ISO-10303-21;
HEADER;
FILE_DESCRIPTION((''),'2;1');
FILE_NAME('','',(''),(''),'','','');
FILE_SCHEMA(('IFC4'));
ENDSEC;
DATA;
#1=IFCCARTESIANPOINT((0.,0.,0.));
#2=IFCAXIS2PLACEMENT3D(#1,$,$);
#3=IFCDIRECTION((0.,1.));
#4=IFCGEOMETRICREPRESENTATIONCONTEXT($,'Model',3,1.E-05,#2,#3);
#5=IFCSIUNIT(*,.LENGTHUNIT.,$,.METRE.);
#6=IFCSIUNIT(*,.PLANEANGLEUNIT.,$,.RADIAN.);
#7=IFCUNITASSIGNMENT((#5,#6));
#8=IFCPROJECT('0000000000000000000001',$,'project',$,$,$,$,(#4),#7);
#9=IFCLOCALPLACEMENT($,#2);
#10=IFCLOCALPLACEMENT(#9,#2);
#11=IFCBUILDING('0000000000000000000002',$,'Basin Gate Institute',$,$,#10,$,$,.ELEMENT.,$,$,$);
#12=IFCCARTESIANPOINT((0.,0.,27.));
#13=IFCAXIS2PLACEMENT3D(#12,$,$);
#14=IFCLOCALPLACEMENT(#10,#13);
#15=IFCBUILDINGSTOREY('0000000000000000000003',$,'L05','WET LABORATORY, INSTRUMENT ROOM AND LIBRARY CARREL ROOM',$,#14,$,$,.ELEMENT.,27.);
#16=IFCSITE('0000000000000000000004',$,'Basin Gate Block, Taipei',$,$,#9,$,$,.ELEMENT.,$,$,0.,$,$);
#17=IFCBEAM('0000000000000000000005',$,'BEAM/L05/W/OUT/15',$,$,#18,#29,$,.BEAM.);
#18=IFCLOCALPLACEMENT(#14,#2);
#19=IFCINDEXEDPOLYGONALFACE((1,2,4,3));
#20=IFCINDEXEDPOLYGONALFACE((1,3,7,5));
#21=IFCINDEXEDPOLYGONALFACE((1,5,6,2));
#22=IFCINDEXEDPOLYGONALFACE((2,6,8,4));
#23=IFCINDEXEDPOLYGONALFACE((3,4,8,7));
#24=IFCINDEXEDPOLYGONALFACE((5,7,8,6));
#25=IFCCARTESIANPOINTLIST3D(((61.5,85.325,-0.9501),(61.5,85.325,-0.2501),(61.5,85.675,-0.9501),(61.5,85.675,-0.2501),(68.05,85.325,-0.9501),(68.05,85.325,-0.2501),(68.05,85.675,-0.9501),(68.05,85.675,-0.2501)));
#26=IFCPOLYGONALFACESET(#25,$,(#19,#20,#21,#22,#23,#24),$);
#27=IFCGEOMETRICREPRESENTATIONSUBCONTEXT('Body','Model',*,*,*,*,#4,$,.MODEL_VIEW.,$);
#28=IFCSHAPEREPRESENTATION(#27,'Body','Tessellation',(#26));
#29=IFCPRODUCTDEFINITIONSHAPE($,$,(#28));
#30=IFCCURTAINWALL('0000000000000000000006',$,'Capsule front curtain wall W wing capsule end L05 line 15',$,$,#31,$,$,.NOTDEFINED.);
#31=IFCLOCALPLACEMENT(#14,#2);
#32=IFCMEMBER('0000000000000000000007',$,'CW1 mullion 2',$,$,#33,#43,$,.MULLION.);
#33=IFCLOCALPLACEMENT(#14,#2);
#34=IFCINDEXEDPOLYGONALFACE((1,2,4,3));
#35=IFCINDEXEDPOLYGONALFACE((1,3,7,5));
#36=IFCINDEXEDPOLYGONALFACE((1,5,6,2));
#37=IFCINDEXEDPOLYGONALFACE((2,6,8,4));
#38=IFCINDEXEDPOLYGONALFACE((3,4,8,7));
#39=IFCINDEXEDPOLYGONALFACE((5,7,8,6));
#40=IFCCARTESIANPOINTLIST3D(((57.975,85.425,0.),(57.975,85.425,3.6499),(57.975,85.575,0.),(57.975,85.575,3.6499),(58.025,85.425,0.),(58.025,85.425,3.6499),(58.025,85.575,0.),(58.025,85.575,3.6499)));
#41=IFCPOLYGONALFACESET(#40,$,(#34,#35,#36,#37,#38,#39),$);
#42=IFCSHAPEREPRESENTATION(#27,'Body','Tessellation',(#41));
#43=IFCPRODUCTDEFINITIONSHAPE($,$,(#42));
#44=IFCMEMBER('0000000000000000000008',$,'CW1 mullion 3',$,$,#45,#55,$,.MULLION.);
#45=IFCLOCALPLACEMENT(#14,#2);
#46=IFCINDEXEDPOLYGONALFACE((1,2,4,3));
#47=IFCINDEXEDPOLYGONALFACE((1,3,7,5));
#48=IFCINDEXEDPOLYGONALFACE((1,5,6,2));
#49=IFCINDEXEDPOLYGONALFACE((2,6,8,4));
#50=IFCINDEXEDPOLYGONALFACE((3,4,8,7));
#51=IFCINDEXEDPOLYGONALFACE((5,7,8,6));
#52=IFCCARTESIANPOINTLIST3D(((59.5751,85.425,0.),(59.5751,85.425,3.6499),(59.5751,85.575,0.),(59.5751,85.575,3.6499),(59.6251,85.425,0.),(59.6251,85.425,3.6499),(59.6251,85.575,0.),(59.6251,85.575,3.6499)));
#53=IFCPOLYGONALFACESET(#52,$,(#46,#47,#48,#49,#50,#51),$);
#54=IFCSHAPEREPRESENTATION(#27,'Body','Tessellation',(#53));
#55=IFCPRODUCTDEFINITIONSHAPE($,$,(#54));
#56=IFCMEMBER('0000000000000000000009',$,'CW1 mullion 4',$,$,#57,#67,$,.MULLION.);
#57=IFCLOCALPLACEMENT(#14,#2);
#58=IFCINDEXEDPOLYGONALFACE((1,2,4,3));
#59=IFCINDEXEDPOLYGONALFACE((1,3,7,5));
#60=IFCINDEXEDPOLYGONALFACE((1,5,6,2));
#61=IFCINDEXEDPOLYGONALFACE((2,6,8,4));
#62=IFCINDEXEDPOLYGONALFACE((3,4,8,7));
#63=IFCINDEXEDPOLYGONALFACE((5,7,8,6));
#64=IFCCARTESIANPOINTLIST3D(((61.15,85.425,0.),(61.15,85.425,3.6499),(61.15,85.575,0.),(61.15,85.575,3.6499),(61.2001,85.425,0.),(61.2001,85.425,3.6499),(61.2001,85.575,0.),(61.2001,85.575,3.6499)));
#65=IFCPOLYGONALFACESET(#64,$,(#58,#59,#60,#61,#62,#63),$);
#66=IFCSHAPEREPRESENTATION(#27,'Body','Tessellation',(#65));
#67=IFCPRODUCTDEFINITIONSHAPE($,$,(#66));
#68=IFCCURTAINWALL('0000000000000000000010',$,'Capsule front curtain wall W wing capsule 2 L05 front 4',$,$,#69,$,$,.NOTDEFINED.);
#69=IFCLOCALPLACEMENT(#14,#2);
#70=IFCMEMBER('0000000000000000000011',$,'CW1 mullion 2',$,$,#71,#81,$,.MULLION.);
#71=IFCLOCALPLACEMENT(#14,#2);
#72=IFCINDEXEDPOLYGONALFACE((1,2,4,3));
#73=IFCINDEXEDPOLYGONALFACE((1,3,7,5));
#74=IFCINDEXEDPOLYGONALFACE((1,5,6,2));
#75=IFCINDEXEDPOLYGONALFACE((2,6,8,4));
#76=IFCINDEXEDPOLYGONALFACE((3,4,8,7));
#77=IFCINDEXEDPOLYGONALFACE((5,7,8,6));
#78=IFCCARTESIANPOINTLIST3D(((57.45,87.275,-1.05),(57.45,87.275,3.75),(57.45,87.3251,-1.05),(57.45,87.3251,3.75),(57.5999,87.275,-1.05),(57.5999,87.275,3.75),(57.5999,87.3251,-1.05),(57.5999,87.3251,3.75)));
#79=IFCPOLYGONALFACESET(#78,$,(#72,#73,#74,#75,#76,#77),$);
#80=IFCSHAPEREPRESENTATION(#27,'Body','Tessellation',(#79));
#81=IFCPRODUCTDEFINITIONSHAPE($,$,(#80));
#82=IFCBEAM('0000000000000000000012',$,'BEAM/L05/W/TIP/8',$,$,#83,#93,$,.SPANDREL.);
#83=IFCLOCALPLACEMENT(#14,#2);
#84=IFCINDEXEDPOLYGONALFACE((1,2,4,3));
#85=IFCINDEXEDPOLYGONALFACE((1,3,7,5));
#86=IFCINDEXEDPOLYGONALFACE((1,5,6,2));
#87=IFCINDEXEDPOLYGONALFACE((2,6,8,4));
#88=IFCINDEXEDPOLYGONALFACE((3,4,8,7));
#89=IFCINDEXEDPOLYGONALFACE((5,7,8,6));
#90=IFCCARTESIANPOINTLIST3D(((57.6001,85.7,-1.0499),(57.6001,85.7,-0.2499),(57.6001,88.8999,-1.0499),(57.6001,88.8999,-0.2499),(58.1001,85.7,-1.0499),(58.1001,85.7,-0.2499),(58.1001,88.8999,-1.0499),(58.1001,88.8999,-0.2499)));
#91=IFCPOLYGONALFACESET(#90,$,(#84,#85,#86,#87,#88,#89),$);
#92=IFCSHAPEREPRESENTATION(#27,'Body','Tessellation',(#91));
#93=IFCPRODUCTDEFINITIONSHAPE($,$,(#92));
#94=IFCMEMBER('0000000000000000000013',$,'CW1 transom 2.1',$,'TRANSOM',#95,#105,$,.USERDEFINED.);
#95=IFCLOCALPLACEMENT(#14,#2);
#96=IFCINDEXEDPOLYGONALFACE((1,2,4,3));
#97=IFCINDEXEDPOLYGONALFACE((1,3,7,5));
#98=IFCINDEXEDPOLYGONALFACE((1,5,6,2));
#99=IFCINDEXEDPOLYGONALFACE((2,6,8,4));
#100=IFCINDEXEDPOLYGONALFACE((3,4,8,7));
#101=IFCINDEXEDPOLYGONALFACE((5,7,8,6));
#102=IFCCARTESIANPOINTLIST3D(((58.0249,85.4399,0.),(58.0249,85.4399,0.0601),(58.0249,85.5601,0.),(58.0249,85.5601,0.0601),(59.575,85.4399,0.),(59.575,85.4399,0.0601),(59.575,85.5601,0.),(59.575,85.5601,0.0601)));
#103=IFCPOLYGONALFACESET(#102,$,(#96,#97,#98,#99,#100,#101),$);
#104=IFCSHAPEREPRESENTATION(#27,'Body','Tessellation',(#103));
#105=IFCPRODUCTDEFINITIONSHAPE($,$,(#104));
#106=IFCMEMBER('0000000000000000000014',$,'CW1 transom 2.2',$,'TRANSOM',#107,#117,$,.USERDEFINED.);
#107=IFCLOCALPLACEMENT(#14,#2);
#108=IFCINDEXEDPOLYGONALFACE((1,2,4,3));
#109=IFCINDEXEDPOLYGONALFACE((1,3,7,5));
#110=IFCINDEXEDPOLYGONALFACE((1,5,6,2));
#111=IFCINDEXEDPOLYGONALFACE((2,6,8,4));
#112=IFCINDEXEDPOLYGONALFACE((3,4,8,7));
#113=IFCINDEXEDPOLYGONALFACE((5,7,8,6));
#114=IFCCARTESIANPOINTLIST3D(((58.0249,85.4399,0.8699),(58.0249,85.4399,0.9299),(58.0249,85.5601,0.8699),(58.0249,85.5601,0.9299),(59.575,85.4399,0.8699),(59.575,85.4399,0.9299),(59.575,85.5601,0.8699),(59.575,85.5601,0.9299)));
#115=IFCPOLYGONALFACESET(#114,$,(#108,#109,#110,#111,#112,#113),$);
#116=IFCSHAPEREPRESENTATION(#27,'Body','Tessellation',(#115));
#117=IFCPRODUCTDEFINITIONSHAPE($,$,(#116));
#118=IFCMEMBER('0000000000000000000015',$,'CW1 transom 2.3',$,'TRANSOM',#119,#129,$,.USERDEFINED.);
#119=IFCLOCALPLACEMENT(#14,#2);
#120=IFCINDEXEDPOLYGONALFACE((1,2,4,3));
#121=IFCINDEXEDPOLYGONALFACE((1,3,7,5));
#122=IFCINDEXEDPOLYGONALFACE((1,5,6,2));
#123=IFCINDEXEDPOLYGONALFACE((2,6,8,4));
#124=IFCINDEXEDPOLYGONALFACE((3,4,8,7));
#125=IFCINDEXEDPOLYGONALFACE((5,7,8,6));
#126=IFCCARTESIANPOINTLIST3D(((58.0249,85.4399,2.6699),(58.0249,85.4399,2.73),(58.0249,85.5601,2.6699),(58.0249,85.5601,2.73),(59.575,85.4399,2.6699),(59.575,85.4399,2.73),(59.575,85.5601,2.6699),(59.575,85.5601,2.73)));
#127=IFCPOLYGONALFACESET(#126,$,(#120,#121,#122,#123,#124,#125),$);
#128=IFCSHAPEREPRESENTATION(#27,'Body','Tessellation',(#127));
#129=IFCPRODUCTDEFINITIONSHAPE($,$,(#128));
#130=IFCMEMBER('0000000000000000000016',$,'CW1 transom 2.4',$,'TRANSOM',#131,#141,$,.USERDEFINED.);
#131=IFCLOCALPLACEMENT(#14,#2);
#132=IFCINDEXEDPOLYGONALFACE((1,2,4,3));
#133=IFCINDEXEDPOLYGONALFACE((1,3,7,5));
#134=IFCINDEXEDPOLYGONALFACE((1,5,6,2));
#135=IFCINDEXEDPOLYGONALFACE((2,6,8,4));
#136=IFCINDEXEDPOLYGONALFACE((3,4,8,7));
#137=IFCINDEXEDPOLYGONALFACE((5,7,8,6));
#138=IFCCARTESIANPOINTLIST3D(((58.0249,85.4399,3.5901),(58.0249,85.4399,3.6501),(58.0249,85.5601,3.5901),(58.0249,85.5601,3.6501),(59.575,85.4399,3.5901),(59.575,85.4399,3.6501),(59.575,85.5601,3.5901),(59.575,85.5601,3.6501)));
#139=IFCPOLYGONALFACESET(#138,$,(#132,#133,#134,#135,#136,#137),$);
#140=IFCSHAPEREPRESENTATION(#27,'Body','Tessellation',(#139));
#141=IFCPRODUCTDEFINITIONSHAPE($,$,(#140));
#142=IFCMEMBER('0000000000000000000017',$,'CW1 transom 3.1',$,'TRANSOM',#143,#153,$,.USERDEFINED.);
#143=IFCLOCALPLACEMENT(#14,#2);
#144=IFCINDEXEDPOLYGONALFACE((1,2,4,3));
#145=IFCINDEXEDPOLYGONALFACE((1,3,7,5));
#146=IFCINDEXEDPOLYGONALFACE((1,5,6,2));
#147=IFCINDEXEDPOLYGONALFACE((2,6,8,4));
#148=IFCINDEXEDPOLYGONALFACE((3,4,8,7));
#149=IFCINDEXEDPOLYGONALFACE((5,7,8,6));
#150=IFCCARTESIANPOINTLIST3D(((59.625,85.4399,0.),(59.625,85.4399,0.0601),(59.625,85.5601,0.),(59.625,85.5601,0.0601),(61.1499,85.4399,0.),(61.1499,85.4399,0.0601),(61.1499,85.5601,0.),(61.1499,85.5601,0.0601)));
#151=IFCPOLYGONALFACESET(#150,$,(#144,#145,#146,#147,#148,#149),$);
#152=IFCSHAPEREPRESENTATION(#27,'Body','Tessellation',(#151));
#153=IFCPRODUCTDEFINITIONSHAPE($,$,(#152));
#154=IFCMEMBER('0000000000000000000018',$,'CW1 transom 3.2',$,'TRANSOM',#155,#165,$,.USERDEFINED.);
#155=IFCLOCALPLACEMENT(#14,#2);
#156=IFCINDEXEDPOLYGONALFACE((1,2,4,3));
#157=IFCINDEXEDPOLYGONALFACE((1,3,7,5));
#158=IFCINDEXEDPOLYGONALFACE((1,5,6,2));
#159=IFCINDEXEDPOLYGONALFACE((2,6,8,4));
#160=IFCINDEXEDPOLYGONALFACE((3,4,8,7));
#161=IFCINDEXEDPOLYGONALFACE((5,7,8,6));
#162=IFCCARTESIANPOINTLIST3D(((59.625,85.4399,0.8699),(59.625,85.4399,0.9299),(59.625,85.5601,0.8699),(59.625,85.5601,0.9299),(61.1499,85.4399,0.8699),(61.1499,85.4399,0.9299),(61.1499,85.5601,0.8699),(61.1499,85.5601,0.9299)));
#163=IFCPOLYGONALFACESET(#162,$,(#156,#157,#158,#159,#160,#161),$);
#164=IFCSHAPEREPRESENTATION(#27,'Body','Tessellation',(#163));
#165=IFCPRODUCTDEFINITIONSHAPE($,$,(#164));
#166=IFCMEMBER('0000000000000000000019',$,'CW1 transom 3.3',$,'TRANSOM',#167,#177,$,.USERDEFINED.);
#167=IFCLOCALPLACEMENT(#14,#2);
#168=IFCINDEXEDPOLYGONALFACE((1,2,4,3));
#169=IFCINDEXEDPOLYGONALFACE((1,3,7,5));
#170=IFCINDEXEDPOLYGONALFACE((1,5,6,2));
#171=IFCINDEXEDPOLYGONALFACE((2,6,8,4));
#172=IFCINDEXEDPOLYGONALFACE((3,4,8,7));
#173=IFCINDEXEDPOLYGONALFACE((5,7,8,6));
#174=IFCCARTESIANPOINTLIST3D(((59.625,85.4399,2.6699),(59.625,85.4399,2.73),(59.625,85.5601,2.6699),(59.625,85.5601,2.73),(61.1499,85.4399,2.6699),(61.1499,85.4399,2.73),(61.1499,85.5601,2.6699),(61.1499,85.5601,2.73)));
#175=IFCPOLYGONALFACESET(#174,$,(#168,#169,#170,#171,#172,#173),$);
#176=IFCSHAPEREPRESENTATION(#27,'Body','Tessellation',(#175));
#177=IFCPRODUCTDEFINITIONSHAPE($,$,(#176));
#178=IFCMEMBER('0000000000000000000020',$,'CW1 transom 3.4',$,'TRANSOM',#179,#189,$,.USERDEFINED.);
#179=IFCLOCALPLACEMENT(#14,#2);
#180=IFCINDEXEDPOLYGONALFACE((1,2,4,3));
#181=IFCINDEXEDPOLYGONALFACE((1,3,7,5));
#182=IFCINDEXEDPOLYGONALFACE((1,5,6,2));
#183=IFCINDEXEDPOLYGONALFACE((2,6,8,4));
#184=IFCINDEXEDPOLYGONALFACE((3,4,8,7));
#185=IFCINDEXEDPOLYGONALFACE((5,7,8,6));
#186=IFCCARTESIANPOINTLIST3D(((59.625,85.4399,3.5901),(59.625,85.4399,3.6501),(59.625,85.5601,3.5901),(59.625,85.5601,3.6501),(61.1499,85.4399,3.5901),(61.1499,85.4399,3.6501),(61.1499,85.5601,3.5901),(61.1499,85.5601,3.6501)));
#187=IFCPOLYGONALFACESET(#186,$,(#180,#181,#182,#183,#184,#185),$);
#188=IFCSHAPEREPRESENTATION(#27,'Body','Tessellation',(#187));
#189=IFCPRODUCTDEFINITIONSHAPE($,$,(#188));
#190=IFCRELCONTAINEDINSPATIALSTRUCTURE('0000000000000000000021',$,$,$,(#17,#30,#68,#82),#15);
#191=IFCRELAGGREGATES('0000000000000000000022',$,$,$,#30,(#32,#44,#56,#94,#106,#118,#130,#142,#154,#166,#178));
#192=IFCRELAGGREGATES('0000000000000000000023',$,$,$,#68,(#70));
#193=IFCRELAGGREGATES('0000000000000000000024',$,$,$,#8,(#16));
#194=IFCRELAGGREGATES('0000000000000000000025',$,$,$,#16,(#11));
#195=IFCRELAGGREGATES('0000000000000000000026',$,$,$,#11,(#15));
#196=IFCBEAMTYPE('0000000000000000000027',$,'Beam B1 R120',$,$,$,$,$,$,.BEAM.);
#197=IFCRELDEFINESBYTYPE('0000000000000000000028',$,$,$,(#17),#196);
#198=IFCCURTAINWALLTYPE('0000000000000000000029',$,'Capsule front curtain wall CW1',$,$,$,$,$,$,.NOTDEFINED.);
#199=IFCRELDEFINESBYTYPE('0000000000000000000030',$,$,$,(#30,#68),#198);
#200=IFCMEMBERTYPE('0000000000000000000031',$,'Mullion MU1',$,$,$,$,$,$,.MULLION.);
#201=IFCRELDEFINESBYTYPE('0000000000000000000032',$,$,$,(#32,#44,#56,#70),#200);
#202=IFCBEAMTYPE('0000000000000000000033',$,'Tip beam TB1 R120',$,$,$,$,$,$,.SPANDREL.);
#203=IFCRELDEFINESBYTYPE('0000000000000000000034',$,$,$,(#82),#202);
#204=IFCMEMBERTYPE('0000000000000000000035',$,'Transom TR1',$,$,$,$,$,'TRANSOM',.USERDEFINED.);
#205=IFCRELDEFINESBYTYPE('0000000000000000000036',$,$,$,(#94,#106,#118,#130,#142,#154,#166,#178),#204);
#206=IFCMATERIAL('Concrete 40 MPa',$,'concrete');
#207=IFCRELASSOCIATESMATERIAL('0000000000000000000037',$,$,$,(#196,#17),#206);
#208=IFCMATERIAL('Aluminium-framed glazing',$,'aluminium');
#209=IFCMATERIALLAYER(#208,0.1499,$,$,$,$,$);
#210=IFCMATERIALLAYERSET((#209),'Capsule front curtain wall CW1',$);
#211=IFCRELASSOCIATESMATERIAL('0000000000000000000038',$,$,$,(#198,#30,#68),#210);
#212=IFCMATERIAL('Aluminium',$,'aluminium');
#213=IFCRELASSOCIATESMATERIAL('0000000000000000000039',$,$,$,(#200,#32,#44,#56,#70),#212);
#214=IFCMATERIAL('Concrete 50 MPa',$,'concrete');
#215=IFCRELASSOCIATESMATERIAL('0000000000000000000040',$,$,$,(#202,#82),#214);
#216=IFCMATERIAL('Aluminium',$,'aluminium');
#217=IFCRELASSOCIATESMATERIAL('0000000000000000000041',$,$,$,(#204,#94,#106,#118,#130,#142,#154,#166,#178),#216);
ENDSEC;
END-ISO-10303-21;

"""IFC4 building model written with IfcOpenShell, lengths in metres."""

from ifc_helpers import new_model, si_unit, direction, frame, origin, origin_2d, place, context, subcontext, project, spatial, rectangle, extrude, material, layer, layer_set, material_profile, profile_set, type_object, element, aggregate, save


model = new_model("IFC4")

# Units and contexts
model_context = context("Model", 3, precision=1e-05, world=origin(), true_north=direction((0.0, 1.0)))
body_context = subcontext(model_context, "Body", "Model", "MODEL_VIEW")
ifc_project = project(units=[si_unit("LENGTHUNIT", "METRE"), si_unit("PLANEANGLEUNIT", "RADIAN")], contexts=[model_context])

# Site, building, storey
site_placement = place(None, origin())
site = spatial("IfcSite", under=ifc_project, at=site_placement, Name="Basin Gate Block, Taipei", CompositionType="ELEMENT", RefElevation=0.0)
building_placement = place(site_placement, origin())
building = spatial("IfcBuilding", under=site, at=building_placement, Name="Basin Gate Institute", CompositionType="ELEMENT")
storey_placement = place(building_placement, frame((0.0, 0.0, 27.0)))
storey = spatial("IfcBuildingStorey", under=building, at=storey_placement, Name="L05", Description="WET LABORATORY, INSTRUMENT ROOM AND LIBRARY CARREL ROOM", CompositionType="ELEMENT", Elevation=27.0)

# Beam
ifc_material_1 = material(Name="Concrete 40 MPa", Category="concrete")
ifc_material_profile_1 = material_profile(ifc_material_1, rectangle(XDim=0.3501, YDim=0.7, at=origin_2d()), Name="Beam B1 350 x 700")
ifc_profile_set_1 = profile_set([ifc_material_profile_1], Name="Concrete 40 MPa")
beam_type_1 = type_object("IfcBeamType", Name="Beam B1 R120", PredefinedType="BEAM", material=ifc_profile_set_1)
beam_1_placement = place(storey_placement, frame((61.5, 85.5, -0.6001), z_axis=(1.0, 0.0, 0.0), x_axis=(0.0, 1.0, 0.0)))
element("IfcBeam", 1, at=beam_1_placement, inside=storey, type_object=beam_type_1, material=ifc_profile_set_1, Name="BEAM/L05/W/OUT/15", PredefinedType="BEAM", context=body_context, shape_type="SweptSolid", body=[
    extrude(rectangle(XDim=0.3501, YDim=0.7, at=origin_2d()), origin(), (0.0, 0.0, 1.0), 6.55),
])

# Curtain wall, members
ifc_material_2 = material(Name="Aluminium-framed glazing", Category="aluminium")
ifc_layer_1 = layer(ifc_material_2, 0.1499)
ifc_layer_set_1 = layer_set([ifc_layer_1], Name="Capsule front curtain wall CW1")
curtain_wall_type = type_object("IfcCurtainWallType", Name="Capsule front curtain wall CW1", PredefinedType="NOTDEFINED", material=ifc_layer_set_1)
curtain_wall_1_placement = place(storey_placement, origin())
curtain_wall_1 = element("IfcCurtainWall", 2, at=curtain_wall_1_placement, inside=storey, type_object=curtain_wall_type, material=ifc_layer_set_1, Name="Capsule front curtain wall W wing capsule end L05 line 15", PredefinedType="NOTDEFINED")
ifc_material_3 = material(Name="Aluminium", Category="aluminium")
ifc_material_profile_2 = material_profile(ifc_material_3, rectangle(XDim=0.1499, YDim=0.05, at=origin_2d()), Name="Mullion MU1 150 x 50")
ifc_profile_set_2 = profile_set([ifc_material_profile_2], Name="Aluminium")
member_type_1 = type_object("IfcMemberType", Name="Mullion MU1", PredefinedType="MULLION", material=ifc_profile_set_2)
member_1_placement = place(storey_placement, frame((58.0, 85.5, 0.0), z_axis=(0.0, 0.0, 1.0), x_axis=(0.0, 1.0, 0.0)))
member_1 = element("IfcMember", 3, at=member_1_placement, type_object=member_type_1, material=ifc_profile_set_2, Name="CW1 mullion 2", PredefinedType="MULLION", context=body_context, shape_type="SweptSolid", body=[
    extrude(rectangle(XDim=0.1499, YDim=0.05, at=origin_2d()), origin(), (0.0, 0.0, 1.0), 3.6499),
])
member_2_placement = place(storey_placement, frame((59.6001, 85.5, 0.0), z_axis=(0.0, 0.0, 1.0), x_axis=(0.0, 1.0, 0.0)))
member_2 = element("IfcMember", 4, at=member_2_placement, type_object=member_type_1, material=ifc_profile_set_2, Name="CW1 mullion 3", PredefinedType="MULLION", context=body_context, shape_type="SweptSolid", body=[
    extrude(rectangle(XDim=0.1499, YDim=0.05, at=origin_2d()), origin(), (0.0, 0.0, 1.0), 3.6499),
])
member_3_placement = place(storey_placement, frame((61.175, 85.5, 0.0), z_axis=(0.0, 0.0, 1.0), x_axis=(0.0, 1.0, 0.0)))
member_3 = element("IfcMember", 5, at=member_3_placement, type_object=member_type_1, material=ifc_profile_set_2, Name="CW1 mullion 4", PredefinedType="MULLION", context=body_context, shape_type="SweptSolid", body=[
    extrude(rectangle(XDim=0.1499, YDim=0.05, at=origin_2d()), origin(), (0.0, 0.0, 1.0), 3.6499),
])

# Curtain wall, member
curtain_wall_2_placement = place(storey_placement, origin())
curtain_wall_2 = element("IfcCurtainWall", 6, at=curtain_wall_2_placement, inside=storey, type_object=curtain_wall_type, material=ifc_layer_set_1, Name="Capsule front curtain wall W wing capsule 2 L05 front 4", PredefinedType="NOTDEFINED")
member_4_placement = place(storey_placement, frame((57.5249, 87.3, -1.05), z_axis=(0.0, 0.0, 1.0), x_axis=(-1.0, 0.0, 0.0)))
member_4 = element("IfcMember", 7, at=member_4_placement, type_object=member_type_1, material=ifc_profile_set_2, Name="CW1 mullion 2", PredefinedType="MULLION", context=body_context, shape_type="SweptSolid", body=[
    extrude(rectangle(XDim=0.1499, YDim=0.05, at=origin_2d()), origin(), (0.0, 0.0, 1.0), 4.8),
])

# Beam
ifc_material_4 = material(Name="Concrete 50 MPa", Category="concrete")
ifc_material_profile_3 = material_profile(ifc_material_4, rectangle(XDim=0.5, YDim=0.8, at=origin_2d()), Name="Tip beam TB1 500 x 800")
ifc_profile_set_3 = profile_set([ifc_material_profile_3], Name="Concrete 50 MPa")
beam_type_2 = type_object("IfcBeamType", Name="Tip beam TB1 R120", PredefinedType="SPANDREL", material=ifc_profile_set_3)
beam_2_placement = place(storey_placement, frame((57.8501, 85.7, -0.6499), z_axis=(0.0, 1.0, 0.0), x_axis=(-1.0, 0.0, 0.0)))
element("IfcBeam", 8, at=beam_2_placement, inside=storey, type_object=beam_type_2, material=ifc_profile_set_3, Name="BEAM/L05/W/TIP/8", PredefinedType="SPANDREL", context=body_context, shape_type="SweptSolid", body=[
    extrude(rectangle(XDim=0.5, YDim=0.8, at=origin_2d()), origin(), (0.0, 0.0, 1.0), 3.2),
])

# Members
ifc_material_5 = material(Name="Aluminium", Category="aluminium")
ifc_material_profile_4 = material_profile(ifc_material_5, rectangle(XDim=0.1201, YDim=0.0601, at=origin_2d()), Name="Transom TR1 120 x 60")
ifc_profile_set_4 = profile_set([ifc_material_profile_4], Name="Aluminium")
member_type_2 = type_object("IfcMemberType", Name="Transom TR1", ElementType="TRANSOM", PredefinedType="USERDEFINED", material=ifc_profile_set_4)
member_5_placement = place(storey_placement, frame((58.0249, 85.5, 0.03), z_axis=(1.0, 0.0, 0.0), x_axis=(0.0, 1.0, 0.0)))
member_5 = element("IfcMember", 9, at=member_5_placement, type_object=member_type_2, material=ifc_profile_set_4, Name="CW1 transom 2.1", ObjectType="TRANSOM", PredefinedType="USERDEFINED", context=body_context, shape_type="SweptSolid", body=[
    extrude(rectangle(XDim=0.1201, YDim=0.0601, at=origin_2d()), origin(), (0.0, 0.0, 1.0), 1.55),
])
member_6_placement = place(storey_placement, frame((58.0249, 85.5, 0.8999), z_axis=(1.0, 0.0, 0.0), x_axis=(0.0, 1.0, 0.0)))
member_6 = element("IfcMember", 10, at=member_6_placement, type_object=member_type_2, material=ifc_profile_set_4, Name="CW1 transom 2.2", ObjectType="TRANSOM", PredefinedType="USERDEFINED", context=body_context, shape_type="SweptSolid", body=[
    extrude(rectangle(XDim=0.1201, YDim=0.0601, at=origin_2d()), origin(), (0.0, 0.0, 1.0), 1.55),
])
member_7_placement = place(storey_placement, frame((58.0249, 85.5, 2.7), z_axis=(1.0, 0.0, 0.0), x_axis=(0.0, 1.0, 0.0)))
member_7 = element("IfcMember", 11, at=member_7_placement, type_object=member_type_2, material=ifc_profile_set_4, Name="CW1 transom 2.3", ObjectType="TRANSOM", PredefinedType="USERDEFINED", context=body_context, shape_type="SweptSolid", body=[
    extrude(rectangle(XDim=0.1201, YDim=0.0601, at=origin_2d()), origin(), (0.0, 0.0, 1.0), 1.55),
])
member_8_placement = place(storey_placement, frame((58.0249, 85.5, 3.6201), z_axis=(1.0, 0.0, 0.0), x_axis=(0.0, 1.0, 0.0)))
member_8 = element("IfcMember", 12, at=member_8_placement, type_object=member_type_2, material=ifc_profile_set_4, Name="CW1 transom 2.4", ObjectType="TRANSOM", PredefinedType="USERDEFINED", context=body_context, shape_type="SweptSolid", body=[
    extrude(rectangle(XDim=0.1201, YDim=0.0601, at=origin_2d()), origin(), (0.0, 0.0, 1.0), 1.55),
])
member_9_placement = place(storey_placement, frame((59.625, 85.5, 0.03), z_axis=(1.0, 0.0, 0.0), x_axis=(0.0, 1.0, 0.0)))
member_9 = element("IfcMember", 13, at=member_9_placement, type_object=member_type_2, material=ifc_profile_set_4, Name="CW1 transom 3.1", ObjectType="TRANSOM", PredefinedType="USERDEFINED", context=body_context, shape_type="SweptSolid", body=[
    extrude(rectangle(XDim=0.1201, YDim=0.0601, at=origin_2d()), origin(), (0.0, 0.0, 1.0), 1.5249),
])
member_10_placement = place(storey_placement, frame((59.625, 85.5, 0.8999), z_axis=(1.0, 0.0, 0.0), x_axis=(0.0, 1.0, 0.0)))
member_10 = element("IfcMember", 14, at=member_10_placement, type_object=member_type_2, material=ifc_profile_set_4, Name="CW1 transom 3.2", ObjectType="TRANSOM", PredefinedType="USERDEFINED", context=body_context, shape_type="SweptSolid", body=[
    extrude(rectangle(XDim=0.1201, YDim=0.0601, at=origin_2d()), origin(), (0.0, 0.0, 1.0), 1.5249),
])
member_11_placement = place(storey_placement, frame((59.625, 85.5, 2.7), z_axis=(1.0, 0.0, 0.0), x_axis=(0.0, 1.0, 0.0)))
member_11 = element("IfcMember", 15, at=member_11_placement, type_object=member_type_2, material=ifc_profile_set_4, Name="CW1 transom 3.3", ObjectType="TRANSOM", PredefinedType="USERDEFINED", context=body_context, shape_type="SweptSolid", body=[
    extrude(rectangle(XDim=0.1201, YDim=0.0601, at=origin_2d()), origin(), (0.0, 0.0, 1.0), 1.5249),
])
member_12_placement = place(storey_placement, frame((59.625, 85.5, 3.6201), z_axis=(1.0, 0.0, 0.0), x_axis=(0.0, 1.0, 0.0)))
member_12 = element("IfcMember", 16, at=member_12_placement, type_object=member_type_2, material=ifc_profile_set_4, Name="CW1 transom 3.4", ObjectType="TRANSOM", PredefinedType="USERDEFINED", context=body_context, shape_type="SweptSolid", body=[
    extrude(rectangle(XDim=0.1201, YDim=0.0601, at=origin_2d()), origin(), (0.0, 0.0, 1.0), 1.5249),
])

aggregate(curtain_wall_1, [member_1, member_2, member_3, member_5, member_6, member_7, member_8, member_9, member_10, member_11, member_12])
aggregate(curtain_wall_2, [member_4])

save(model, "model.ifc")
